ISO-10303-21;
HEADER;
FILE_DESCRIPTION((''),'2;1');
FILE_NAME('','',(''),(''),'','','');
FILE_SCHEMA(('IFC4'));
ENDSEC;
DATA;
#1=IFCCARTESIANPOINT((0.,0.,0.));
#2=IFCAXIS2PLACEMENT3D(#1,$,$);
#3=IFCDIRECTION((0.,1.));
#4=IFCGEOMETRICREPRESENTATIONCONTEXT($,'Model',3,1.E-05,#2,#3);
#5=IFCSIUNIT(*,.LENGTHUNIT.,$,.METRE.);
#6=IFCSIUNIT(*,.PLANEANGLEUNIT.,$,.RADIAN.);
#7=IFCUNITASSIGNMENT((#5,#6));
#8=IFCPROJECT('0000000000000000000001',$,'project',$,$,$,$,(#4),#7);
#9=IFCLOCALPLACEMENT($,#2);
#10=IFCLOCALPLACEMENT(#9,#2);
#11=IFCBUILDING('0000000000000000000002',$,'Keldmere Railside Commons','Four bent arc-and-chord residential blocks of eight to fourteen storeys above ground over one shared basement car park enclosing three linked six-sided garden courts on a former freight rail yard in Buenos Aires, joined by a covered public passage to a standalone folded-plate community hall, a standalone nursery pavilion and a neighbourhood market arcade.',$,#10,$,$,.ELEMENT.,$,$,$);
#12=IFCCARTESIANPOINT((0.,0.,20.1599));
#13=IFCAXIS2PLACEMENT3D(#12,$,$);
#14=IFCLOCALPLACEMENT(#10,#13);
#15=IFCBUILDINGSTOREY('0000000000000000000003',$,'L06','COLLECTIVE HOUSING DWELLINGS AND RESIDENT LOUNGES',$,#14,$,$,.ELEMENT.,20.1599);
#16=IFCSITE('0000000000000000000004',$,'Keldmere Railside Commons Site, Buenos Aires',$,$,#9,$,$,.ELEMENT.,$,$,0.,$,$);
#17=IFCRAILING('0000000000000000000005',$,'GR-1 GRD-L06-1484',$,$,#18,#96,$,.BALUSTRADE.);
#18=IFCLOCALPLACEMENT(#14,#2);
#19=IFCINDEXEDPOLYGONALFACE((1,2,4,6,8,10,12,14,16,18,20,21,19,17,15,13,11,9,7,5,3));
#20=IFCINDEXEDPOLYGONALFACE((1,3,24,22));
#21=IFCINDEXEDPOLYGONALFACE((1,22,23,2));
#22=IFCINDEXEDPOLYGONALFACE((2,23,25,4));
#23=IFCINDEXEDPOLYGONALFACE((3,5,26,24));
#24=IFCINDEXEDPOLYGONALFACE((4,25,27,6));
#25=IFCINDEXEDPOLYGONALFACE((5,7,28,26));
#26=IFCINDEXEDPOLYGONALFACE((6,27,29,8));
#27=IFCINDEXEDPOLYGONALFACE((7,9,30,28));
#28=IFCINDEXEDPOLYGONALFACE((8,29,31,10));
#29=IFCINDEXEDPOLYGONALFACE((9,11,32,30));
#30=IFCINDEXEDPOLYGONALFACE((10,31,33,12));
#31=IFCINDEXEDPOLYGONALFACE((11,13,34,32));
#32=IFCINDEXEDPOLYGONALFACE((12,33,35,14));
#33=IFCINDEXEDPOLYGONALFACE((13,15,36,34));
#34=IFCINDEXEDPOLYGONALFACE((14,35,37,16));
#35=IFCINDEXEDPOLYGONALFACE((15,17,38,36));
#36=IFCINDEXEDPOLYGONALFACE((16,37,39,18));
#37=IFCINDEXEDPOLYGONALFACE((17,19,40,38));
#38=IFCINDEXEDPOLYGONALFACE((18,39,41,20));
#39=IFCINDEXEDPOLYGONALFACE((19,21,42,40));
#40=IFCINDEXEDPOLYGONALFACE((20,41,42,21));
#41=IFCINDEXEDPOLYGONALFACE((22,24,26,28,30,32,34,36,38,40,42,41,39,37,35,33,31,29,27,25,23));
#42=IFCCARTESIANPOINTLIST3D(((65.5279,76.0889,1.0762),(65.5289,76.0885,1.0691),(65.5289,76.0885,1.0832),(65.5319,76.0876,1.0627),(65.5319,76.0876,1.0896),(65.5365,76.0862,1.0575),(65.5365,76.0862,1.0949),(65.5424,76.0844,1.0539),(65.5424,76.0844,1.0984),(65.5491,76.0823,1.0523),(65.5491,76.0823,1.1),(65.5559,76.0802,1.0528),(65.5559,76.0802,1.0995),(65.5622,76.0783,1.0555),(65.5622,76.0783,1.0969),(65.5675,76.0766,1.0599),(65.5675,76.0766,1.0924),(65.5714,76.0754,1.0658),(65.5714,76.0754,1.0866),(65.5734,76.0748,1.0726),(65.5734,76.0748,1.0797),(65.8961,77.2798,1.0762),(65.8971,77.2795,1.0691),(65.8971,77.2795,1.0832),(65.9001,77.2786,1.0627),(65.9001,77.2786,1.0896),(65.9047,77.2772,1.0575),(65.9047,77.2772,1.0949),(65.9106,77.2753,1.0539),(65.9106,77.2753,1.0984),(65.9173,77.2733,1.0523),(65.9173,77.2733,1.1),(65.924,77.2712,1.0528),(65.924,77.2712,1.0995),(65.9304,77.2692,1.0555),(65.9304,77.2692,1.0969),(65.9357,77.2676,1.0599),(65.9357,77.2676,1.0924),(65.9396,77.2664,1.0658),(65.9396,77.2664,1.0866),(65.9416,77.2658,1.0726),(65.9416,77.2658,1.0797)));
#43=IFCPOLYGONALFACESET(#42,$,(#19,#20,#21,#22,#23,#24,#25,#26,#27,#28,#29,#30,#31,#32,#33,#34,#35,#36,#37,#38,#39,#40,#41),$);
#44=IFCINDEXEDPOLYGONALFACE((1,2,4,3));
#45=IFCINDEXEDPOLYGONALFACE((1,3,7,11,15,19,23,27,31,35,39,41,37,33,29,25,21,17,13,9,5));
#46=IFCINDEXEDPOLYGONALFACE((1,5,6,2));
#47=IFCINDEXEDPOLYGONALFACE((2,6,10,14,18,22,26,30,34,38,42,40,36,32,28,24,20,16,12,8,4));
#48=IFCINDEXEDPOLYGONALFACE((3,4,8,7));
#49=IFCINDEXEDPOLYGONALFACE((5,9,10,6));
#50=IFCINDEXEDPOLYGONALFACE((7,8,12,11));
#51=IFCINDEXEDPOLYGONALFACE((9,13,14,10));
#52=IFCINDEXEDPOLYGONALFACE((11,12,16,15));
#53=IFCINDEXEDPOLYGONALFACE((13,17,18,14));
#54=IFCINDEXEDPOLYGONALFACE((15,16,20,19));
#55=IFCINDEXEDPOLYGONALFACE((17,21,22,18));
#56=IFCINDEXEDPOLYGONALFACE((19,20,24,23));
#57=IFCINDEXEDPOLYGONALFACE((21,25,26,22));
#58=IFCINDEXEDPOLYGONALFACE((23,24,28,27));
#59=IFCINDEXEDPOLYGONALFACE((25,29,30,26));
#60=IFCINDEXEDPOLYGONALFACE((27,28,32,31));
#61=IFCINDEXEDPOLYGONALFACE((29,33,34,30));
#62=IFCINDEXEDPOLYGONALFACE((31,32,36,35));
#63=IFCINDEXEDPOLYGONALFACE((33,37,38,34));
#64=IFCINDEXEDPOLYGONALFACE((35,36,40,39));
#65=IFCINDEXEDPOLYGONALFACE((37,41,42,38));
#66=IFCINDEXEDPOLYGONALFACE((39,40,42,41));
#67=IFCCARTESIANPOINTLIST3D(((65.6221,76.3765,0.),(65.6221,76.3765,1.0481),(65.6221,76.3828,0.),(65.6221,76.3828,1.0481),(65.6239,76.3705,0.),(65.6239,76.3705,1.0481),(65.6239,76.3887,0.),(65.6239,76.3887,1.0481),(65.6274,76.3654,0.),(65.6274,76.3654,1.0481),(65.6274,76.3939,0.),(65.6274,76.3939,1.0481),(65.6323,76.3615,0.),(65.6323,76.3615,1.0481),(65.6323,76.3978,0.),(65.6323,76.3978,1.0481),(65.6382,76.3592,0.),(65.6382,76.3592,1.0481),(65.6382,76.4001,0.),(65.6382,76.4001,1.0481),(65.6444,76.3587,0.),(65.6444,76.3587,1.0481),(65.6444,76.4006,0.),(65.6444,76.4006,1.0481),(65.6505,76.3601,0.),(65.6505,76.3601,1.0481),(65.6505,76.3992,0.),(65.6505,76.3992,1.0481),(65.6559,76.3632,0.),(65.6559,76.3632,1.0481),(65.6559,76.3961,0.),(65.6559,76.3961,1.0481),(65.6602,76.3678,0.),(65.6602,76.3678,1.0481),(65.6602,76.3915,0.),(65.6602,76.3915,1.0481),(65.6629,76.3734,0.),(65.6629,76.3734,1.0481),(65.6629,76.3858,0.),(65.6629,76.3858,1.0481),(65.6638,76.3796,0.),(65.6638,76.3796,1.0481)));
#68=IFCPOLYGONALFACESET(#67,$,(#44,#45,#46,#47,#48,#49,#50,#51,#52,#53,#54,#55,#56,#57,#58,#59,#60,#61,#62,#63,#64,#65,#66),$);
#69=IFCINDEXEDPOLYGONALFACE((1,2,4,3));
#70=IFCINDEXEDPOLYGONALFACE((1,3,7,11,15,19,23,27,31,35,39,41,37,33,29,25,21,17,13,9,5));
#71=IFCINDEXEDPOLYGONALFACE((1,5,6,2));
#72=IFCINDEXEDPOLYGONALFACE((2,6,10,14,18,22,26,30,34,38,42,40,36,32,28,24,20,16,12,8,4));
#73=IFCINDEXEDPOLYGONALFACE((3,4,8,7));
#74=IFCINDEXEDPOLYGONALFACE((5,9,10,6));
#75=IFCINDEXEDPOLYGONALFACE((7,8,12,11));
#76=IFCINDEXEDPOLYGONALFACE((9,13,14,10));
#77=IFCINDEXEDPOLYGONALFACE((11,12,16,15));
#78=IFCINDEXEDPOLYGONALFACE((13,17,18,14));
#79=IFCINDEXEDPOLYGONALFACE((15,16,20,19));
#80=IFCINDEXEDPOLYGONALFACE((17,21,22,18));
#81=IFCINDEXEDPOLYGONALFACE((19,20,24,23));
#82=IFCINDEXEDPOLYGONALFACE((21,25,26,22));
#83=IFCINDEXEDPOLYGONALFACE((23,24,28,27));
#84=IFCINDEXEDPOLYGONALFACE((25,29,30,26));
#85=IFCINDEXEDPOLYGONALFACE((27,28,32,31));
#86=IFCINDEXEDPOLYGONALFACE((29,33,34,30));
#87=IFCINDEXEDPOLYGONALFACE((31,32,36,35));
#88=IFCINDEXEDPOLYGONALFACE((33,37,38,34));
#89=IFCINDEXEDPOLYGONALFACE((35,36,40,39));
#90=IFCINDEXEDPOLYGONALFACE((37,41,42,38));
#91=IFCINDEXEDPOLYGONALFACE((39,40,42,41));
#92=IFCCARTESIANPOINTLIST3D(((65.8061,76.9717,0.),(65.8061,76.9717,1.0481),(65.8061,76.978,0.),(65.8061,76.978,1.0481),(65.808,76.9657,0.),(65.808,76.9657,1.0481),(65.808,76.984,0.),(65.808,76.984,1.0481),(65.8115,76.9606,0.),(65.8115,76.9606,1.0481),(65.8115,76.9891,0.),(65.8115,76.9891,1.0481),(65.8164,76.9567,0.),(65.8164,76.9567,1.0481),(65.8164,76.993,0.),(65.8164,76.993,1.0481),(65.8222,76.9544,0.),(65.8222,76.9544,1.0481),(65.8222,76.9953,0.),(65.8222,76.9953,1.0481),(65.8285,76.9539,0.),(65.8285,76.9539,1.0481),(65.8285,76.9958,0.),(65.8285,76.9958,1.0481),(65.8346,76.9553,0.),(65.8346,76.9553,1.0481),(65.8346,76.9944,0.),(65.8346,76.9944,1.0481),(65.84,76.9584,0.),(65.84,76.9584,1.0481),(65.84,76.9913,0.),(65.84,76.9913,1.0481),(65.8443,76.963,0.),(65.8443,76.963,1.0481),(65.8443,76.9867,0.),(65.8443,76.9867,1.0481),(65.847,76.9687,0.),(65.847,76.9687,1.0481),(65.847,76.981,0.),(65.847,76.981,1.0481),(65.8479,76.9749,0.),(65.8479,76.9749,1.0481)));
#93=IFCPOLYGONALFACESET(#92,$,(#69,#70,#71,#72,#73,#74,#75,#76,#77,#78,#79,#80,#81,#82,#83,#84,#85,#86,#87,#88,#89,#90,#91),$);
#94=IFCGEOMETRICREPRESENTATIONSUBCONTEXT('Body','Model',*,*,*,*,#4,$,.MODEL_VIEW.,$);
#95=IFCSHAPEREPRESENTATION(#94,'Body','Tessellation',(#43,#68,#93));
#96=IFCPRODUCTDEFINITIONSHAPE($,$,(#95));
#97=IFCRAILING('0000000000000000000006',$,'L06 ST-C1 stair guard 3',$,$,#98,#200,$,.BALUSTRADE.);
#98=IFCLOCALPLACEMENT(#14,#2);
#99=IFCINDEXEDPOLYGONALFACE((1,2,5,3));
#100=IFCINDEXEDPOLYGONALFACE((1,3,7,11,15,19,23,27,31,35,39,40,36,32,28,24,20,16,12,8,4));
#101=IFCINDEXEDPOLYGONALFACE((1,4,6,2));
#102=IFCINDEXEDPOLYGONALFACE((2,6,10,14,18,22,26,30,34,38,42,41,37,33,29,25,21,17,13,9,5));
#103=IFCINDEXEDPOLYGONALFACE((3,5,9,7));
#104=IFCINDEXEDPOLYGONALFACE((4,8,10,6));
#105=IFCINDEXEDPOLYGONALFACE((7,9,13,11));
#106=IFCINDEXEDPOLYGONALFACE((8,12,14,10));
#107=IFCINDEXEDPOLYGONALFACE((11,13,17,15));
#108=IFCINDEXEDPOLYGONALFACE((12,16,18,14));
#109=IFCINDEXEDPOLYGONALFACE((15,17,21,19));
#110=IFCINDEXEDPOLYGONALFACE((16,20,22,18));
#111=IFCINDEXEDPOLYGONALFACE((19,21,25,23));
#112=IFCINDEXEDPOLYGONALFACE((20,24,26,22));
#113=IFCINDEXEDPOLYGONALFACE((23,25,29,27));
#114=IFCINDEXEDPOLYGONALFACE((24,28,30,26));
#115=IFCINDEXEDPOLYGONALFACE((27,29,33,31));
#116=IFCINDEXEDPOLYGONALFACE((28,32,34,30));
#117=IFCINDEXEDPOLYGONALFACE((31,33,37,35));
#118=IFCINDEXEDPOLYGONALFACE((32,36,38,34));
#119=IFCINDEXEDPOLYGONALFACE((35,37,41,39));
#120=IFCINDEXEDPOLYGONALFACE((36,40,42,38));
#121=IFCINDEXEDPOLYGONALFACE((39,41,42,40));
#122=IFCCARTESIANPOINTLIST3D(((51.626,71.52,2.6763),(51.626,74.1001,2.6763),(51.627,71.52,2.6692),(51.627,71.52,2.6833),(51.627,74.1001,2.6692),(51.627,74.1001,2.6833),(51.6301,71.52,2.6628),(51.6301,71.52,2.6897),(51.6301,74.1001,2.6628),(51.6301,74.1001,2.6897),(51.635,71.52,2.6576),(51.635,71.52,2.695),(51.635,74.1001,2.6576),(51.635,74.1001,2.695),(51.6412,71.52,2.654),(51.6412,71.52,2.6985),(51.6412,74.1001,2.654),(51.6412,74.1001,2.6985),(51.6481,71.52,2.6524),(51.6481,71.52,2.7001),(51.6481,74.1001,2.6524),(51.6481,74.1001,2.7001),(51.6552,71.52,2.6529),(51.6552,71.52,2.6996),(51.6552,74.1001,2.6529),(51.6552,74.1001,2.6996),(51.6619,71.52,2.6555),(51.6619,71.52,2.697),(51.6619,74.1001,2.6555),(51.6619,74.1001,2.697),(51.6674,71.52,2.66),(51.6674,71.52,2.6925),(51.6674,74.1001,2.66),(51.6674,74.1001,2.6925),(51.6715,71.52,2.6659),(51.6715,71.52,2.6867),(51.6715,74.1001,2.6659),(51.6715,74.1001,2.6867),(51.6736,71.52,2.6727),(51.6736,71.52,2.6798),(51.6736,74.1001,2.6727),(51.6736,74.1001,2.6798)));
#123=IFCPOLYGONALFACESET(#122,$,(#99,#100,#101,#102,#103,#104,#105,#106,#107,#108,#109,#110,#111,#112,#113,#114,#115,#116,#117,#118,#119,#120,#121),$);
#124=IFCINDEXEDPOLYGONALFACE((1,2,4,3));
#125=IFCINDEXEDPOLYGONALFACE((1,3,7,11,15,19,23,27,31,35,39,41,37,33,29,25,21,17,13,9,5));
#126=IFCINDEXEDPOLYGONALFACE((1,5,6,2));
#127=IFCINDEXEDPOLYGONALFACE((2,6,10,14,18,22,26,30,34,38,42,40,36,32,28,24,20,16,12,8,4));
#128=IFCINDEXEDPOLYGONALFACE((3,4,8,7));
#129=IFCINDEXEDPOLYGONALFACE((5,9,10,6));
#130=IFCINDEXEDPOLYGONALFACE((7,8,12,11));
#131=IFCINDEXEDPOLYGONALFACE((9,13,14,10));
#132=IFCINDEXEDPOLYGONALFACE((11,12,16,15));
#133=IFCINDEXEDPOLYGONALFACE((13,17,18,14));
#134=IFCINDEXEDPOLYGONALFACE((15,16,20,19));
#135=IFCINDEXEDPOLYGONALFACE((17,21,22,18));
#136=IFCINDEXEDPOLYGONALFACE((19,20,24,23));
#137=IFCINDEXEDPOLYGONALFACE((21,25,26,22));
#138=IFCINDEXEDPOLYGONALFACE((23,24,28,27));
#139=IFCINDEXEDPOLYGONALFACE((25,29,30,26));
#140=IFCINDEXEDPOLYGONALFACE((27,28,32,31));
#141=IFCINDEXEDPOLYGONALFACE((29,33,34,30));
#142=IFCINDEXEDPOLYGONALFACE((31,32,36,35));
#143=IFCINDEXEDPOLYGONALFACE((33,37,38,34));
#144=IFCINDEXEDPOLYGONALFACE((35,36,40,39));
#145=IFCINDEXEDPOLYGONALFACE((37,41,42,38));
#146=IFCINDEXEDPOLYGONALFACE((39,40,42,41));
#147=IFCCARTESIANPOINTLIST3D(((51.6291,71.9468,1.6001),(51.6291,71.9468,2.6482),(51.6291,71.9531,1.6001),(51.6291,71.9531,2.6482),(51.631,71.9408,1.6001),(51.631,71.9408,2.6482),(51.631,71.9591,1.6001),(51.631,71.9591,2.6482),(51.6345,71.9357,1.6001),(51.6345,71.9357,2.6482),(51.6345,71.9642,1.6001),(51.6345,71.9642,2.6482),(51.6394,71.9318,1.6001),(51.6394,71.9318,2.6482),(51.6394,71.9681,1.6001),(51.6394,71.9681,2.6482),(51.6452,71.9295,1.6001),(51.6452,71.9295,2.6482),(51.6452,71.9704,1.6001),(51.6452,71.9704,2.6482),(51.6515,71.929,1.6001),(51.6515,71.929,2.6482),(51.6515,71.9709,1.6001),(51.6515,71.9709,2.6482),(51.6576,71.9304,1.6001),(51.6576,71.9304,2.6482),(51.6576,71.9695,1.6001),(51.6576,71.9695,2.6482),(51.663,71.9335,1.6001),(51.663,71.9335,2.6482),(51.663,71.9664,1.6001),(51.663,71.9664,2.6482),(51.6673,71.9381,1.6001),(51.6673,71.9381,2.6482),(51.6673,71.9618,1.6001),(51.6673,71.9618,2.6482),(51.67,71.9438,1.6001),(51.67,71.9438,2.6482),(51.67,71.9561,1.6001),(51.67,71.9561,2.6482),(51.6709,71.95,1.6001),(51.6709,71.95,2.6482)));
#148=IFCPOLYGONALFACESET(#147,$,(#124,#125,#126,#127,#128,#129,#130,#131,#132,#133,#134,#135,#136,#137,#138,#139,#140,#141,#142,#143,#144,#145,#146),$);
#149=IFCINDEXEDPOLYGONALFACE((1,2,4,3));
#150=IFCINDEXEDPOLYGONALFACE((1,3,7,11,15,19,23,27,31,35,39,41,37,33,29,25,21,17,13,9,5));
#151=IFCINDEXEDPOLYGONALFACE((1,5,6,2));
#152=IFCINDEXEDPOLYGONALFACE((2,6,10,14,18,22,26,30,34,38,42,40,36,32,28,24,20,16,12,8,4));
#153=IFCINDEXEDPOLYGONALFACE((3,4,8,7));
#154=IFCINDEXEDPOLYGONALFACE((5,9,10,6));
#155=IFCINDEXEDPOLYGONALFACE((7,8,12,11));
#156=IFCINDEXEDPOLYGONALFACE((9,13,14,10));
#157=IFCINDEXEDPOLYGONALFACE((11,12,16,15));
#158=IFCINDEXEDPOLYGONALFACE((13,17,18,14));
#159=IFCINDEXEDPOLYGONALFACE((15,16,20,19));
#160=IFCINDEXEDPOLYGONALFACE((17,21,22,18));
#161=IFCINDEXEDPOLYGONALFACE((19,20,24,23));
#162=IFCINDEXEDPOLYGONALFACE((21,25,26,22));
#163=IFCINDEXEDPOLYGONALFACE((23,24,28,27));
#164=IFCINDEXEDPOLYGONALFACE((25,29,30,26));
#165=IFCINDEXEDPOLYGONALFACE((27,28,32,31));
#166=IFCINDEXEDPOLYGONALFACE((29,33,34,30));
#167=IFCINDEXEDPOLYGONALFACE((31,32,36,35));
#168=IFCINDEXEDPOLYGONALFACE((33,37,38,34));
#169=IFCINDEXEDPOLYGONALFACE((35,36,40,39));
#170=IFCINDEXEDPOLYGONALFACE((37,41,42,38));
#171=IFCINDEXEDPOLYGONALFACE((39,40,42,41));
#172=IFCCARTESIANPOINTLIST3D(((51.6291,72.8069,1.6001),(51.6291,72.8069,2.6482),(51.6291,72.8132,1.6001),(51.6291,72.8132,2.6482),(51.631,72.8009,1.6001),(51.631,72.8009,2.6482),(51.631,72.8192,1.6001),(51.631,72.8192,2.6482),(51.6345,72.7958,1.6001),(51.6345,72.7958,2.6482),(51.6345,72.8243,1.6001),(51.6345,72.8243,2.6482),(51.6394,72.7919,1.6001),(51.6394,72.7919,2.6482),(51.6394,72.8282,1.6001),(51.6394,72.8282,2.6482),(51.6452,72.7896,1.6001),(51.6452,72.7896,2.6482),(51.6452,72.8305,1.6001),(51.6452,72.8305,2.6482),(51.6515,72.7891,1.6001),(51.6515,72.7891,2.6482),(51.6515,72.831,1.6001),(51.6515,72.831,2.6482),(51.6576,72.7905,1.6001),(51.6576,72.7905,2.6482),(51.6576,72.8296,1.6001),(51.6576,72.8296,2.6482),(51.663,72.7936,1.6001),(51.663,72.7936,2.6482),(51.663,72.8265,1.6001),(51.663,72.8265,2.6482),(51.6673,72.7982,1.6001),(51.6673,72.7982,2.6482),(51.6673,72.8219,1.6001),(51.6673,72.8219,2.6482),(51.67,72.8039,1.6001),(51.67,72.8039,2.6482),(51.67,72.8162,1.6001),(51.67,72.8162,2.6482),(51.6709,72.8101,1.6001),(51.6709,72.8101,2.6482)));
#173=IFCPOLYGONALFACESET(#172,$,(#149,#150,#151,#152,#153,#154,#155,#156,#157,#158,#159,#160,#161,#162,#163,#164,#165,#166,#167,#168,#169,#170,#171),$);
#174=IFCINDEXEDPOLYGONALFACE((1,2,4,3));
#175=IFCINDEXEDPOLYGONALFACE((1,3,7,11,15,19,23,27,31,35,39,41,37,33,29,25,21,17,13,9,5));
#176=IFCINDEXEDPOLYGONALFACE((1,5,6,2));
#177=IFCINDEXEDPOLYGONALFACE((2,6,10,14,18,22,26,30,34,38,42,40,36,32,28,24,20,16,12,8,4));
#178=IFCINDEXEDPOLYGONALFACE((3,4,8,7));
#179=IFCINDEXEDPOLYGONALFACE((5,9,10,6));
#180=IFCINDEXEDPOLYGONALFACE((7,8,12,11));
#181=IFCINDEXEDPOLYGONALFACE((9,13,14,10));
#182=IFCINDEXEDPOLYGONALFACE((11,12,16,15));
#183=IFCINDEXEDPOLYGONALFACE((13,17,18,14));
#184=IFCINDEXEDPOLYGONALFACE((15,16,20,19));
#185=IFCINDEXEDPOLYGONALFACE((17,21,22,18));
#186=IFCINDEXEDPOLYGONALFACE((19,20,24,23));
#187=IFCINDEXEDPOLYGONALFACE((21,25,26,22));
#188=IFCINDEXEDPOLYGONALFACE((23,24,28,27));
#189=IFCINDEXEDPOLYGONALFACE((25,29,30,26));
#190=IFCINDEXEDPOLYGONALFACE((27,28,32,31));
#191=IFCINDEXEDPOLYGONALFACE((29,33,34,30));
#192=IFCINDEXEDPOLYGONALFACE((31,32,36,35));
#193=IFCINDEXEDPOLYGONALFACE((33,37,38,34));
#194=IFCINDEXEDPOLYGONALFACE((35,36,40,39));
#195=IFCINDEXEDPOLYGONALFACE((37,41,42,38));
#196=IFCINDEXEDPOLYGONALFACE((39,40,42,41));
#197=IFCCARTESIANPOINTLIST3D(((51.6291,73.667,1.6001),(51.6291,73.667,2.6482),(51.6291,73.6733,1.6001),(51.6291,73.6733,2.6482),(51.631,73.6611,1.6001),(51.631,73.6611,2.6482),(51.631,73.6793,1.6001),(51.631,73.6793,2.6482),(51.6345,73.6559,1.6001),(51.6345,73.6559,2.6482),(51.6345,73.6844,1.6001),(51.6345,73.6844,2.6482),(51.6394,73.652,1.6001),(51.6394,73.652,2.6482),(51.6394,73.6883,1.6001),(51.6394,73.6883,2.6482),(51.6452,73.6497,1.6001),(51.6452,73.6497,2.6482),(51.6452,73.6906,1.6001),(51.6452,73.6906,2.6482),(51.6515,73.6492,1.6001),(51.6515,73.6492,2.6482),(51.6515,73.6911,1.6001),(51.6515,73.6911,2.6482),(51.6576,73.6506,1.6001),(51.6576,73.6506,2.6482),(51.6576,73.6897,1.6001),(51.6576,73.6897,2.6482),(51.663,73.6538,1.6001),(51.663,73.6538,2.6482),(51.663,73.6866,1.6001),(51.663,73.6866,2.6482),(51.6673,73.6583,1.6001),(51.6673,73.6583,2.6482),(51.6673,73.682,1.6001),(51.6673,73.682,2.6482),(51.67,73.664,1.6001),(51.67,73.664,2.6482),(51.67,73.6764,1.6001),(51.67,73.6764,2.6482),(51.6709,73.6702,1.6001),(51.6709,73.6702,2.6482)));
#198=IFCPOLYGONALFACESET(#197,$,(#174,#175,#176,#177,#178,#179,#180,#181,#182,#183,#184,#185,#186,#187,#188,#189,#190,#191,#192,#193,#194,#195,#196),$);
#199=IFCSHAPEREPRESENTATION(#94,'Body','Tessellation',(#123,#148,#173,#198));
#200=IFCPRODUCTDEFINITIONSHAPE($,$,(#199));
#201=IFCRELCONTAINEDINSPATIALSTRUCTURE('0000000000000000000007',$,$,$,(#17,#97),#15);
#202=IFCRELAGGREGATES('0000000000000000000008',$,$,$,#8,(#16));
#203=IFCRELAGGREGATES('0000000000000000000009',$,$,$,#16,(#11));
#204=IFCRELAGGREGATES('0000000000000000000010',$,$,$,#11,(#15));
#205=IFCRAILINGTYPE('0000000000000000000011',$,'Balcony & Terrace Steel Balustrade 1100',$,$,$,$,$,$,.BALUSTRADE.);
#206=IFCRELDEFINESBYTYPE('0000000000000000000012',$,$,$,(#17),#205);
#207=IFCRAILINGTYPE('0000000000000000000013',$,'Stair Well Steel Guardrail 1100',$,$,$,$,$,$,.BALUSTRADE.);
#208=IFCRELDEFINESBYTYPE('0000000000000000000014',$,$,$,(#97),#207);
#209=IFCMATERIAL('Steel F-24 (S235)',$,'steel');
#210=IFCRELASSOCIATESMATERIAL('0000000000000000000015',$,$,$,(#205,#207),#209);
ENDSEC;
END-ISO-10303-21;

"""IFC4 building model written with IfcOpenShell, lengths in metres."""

from ifc_helpers import new_model, si_unit, direction, frame, origin, origin_2d, place, context, subcontext, project, spatial, circle, extrude, material, type_object, element, save


model = new_model("IFC4")

# Units and contexts
model_context = context("Model", 3, precision=1e-05, world=origin(), true_north=direction((0.0, 1.0)))
body_context = subcontext(model_context, "Body", "Model", "MODEL_VIEW")
ifc_project = project(units=[si_unit("LENGTHUNIT", "METRE"), si_unit("PLANEANGLEUNIT", "RADIAN")], contexts=[model_context])

# Site, building, storey
site_placement = place(None, origin())
site = spatial("IfcSite", under=ifc_project, at=site_placement, Name="Keldmere Railside Commons Site, Buenos Aires", CompositionType="ELEMENT", RefElevation=0.0)
building_placement = place(site_placement, origin())
building = spatial("IfcBuilding", under=site, at=building_placement, Name="Keldmere Railside Commons", Description="Four bent arc-and-chord residential blocks of eight to fourteen storeys above ground over one shared basement car park enclosing three linked six-sided garden courts on a former freight rail yard in Buenos Aires, joined by a covered public passage to a standalone folded-plate community hall, a standalone nursery pavilion and a neighbourhood market arcade.", CompositionType="ELEMENT")
storey_placement = place(building_placement, frame((0.0, 0.0, 20.1599)))
storey = spatial("IfcBuildingStorey", under=building, at=storey_placement, Name="L06", Description="COLLECTIVE HOUSING DWELLINGS AND RESIDENT LOUNGES", CompositionType="ELEMENT", Elevation=20.1599)

# Railings
ifc_material_1 = material(Name="Steel F-24 (S235)", Category="steel")
railing_type_1 = type_object("IfcRailingType", Name="Balcony & Terrace Steel Balustrade 1100", PredefinedType="BALUSTRADE", material=ifc_material_1)
railing_1_placement = place(storey_placement, frame((65.5508, 76.0818, 0.0)))
element("IfcRailing", 1, at=railing_1_placement, inside=storey, type_object=railing_type_1, Name="GR-1 GRD-L06-1484", PredefinedType="BALUSTRADE", context=body_context, shape_type="SweptSolid", body=[
    extrude(circle(Radius=0.0239, at=origin_2d()), frame((0.0, 0.0, 1.0762), z_axis=(0.295352, 0.955389, 0.0), x_axis=(-0.955389, 0.295352, 0.0)), (0.0, 0.0, 1.0), 1.2466),
    extrude(circle(Radius=0.021, at=origin_2d()), frame((0.092, 0.2979, 0.0)), (0.0, 0.0, 1.0), 1.0481),
    extrude(circle(Radius=0.021, at=origin_2d()), frame((0.2761, 0.8931, 0.0)), (0.0, 0.0, 1.0), 1.0481),
])
railing_type_2 = type_object("IfcRailingType", Name="Stair Well Steel Guardrail 1100", PredefinedType="BALUSTRADE", material=ifc_material_1)
railing_2_placement = place(storey_placement, frame((51.6499, 71.52, 1.6001)))
element("IfcRailing", 2, at=railing_2_placement, inside=storey, type_object=railing_type_2, Name="L06 ST-C1 stair guard 3", PredefinedType="BALUSTRADE", context=body_context, shape_type="SweptSolid", body=[
    extrude(circle(Radius=0.0239, at=origin_2d()), frame((0.0, 0.0, 1.0762), z_axis=(0.0, 1.0, 0.0), x_axis=(-1.0, 0.0, 0.0)), (0.0, 0.0, 1.0), 2.5801),
    extrude(circle(Radius=0.021, at=origin_2d()), frame((0.0, 0.4299, 0.0)), (0.0, 0.0, 1.0), 1.0481),
    extrude(circle(Radius=0.021, at=origin_2d()), frame((0.0, 1.29, 0.0)), (0.0, 0.0, 1.0), 1.0481),
    extrude(circle(Radius=0.021, at=origin_2d()), frame((0.0, 2.1501, 0.0)), (0.0, 0.0, 1.0), 1.0481),
])

save(model, "model.ifc")
